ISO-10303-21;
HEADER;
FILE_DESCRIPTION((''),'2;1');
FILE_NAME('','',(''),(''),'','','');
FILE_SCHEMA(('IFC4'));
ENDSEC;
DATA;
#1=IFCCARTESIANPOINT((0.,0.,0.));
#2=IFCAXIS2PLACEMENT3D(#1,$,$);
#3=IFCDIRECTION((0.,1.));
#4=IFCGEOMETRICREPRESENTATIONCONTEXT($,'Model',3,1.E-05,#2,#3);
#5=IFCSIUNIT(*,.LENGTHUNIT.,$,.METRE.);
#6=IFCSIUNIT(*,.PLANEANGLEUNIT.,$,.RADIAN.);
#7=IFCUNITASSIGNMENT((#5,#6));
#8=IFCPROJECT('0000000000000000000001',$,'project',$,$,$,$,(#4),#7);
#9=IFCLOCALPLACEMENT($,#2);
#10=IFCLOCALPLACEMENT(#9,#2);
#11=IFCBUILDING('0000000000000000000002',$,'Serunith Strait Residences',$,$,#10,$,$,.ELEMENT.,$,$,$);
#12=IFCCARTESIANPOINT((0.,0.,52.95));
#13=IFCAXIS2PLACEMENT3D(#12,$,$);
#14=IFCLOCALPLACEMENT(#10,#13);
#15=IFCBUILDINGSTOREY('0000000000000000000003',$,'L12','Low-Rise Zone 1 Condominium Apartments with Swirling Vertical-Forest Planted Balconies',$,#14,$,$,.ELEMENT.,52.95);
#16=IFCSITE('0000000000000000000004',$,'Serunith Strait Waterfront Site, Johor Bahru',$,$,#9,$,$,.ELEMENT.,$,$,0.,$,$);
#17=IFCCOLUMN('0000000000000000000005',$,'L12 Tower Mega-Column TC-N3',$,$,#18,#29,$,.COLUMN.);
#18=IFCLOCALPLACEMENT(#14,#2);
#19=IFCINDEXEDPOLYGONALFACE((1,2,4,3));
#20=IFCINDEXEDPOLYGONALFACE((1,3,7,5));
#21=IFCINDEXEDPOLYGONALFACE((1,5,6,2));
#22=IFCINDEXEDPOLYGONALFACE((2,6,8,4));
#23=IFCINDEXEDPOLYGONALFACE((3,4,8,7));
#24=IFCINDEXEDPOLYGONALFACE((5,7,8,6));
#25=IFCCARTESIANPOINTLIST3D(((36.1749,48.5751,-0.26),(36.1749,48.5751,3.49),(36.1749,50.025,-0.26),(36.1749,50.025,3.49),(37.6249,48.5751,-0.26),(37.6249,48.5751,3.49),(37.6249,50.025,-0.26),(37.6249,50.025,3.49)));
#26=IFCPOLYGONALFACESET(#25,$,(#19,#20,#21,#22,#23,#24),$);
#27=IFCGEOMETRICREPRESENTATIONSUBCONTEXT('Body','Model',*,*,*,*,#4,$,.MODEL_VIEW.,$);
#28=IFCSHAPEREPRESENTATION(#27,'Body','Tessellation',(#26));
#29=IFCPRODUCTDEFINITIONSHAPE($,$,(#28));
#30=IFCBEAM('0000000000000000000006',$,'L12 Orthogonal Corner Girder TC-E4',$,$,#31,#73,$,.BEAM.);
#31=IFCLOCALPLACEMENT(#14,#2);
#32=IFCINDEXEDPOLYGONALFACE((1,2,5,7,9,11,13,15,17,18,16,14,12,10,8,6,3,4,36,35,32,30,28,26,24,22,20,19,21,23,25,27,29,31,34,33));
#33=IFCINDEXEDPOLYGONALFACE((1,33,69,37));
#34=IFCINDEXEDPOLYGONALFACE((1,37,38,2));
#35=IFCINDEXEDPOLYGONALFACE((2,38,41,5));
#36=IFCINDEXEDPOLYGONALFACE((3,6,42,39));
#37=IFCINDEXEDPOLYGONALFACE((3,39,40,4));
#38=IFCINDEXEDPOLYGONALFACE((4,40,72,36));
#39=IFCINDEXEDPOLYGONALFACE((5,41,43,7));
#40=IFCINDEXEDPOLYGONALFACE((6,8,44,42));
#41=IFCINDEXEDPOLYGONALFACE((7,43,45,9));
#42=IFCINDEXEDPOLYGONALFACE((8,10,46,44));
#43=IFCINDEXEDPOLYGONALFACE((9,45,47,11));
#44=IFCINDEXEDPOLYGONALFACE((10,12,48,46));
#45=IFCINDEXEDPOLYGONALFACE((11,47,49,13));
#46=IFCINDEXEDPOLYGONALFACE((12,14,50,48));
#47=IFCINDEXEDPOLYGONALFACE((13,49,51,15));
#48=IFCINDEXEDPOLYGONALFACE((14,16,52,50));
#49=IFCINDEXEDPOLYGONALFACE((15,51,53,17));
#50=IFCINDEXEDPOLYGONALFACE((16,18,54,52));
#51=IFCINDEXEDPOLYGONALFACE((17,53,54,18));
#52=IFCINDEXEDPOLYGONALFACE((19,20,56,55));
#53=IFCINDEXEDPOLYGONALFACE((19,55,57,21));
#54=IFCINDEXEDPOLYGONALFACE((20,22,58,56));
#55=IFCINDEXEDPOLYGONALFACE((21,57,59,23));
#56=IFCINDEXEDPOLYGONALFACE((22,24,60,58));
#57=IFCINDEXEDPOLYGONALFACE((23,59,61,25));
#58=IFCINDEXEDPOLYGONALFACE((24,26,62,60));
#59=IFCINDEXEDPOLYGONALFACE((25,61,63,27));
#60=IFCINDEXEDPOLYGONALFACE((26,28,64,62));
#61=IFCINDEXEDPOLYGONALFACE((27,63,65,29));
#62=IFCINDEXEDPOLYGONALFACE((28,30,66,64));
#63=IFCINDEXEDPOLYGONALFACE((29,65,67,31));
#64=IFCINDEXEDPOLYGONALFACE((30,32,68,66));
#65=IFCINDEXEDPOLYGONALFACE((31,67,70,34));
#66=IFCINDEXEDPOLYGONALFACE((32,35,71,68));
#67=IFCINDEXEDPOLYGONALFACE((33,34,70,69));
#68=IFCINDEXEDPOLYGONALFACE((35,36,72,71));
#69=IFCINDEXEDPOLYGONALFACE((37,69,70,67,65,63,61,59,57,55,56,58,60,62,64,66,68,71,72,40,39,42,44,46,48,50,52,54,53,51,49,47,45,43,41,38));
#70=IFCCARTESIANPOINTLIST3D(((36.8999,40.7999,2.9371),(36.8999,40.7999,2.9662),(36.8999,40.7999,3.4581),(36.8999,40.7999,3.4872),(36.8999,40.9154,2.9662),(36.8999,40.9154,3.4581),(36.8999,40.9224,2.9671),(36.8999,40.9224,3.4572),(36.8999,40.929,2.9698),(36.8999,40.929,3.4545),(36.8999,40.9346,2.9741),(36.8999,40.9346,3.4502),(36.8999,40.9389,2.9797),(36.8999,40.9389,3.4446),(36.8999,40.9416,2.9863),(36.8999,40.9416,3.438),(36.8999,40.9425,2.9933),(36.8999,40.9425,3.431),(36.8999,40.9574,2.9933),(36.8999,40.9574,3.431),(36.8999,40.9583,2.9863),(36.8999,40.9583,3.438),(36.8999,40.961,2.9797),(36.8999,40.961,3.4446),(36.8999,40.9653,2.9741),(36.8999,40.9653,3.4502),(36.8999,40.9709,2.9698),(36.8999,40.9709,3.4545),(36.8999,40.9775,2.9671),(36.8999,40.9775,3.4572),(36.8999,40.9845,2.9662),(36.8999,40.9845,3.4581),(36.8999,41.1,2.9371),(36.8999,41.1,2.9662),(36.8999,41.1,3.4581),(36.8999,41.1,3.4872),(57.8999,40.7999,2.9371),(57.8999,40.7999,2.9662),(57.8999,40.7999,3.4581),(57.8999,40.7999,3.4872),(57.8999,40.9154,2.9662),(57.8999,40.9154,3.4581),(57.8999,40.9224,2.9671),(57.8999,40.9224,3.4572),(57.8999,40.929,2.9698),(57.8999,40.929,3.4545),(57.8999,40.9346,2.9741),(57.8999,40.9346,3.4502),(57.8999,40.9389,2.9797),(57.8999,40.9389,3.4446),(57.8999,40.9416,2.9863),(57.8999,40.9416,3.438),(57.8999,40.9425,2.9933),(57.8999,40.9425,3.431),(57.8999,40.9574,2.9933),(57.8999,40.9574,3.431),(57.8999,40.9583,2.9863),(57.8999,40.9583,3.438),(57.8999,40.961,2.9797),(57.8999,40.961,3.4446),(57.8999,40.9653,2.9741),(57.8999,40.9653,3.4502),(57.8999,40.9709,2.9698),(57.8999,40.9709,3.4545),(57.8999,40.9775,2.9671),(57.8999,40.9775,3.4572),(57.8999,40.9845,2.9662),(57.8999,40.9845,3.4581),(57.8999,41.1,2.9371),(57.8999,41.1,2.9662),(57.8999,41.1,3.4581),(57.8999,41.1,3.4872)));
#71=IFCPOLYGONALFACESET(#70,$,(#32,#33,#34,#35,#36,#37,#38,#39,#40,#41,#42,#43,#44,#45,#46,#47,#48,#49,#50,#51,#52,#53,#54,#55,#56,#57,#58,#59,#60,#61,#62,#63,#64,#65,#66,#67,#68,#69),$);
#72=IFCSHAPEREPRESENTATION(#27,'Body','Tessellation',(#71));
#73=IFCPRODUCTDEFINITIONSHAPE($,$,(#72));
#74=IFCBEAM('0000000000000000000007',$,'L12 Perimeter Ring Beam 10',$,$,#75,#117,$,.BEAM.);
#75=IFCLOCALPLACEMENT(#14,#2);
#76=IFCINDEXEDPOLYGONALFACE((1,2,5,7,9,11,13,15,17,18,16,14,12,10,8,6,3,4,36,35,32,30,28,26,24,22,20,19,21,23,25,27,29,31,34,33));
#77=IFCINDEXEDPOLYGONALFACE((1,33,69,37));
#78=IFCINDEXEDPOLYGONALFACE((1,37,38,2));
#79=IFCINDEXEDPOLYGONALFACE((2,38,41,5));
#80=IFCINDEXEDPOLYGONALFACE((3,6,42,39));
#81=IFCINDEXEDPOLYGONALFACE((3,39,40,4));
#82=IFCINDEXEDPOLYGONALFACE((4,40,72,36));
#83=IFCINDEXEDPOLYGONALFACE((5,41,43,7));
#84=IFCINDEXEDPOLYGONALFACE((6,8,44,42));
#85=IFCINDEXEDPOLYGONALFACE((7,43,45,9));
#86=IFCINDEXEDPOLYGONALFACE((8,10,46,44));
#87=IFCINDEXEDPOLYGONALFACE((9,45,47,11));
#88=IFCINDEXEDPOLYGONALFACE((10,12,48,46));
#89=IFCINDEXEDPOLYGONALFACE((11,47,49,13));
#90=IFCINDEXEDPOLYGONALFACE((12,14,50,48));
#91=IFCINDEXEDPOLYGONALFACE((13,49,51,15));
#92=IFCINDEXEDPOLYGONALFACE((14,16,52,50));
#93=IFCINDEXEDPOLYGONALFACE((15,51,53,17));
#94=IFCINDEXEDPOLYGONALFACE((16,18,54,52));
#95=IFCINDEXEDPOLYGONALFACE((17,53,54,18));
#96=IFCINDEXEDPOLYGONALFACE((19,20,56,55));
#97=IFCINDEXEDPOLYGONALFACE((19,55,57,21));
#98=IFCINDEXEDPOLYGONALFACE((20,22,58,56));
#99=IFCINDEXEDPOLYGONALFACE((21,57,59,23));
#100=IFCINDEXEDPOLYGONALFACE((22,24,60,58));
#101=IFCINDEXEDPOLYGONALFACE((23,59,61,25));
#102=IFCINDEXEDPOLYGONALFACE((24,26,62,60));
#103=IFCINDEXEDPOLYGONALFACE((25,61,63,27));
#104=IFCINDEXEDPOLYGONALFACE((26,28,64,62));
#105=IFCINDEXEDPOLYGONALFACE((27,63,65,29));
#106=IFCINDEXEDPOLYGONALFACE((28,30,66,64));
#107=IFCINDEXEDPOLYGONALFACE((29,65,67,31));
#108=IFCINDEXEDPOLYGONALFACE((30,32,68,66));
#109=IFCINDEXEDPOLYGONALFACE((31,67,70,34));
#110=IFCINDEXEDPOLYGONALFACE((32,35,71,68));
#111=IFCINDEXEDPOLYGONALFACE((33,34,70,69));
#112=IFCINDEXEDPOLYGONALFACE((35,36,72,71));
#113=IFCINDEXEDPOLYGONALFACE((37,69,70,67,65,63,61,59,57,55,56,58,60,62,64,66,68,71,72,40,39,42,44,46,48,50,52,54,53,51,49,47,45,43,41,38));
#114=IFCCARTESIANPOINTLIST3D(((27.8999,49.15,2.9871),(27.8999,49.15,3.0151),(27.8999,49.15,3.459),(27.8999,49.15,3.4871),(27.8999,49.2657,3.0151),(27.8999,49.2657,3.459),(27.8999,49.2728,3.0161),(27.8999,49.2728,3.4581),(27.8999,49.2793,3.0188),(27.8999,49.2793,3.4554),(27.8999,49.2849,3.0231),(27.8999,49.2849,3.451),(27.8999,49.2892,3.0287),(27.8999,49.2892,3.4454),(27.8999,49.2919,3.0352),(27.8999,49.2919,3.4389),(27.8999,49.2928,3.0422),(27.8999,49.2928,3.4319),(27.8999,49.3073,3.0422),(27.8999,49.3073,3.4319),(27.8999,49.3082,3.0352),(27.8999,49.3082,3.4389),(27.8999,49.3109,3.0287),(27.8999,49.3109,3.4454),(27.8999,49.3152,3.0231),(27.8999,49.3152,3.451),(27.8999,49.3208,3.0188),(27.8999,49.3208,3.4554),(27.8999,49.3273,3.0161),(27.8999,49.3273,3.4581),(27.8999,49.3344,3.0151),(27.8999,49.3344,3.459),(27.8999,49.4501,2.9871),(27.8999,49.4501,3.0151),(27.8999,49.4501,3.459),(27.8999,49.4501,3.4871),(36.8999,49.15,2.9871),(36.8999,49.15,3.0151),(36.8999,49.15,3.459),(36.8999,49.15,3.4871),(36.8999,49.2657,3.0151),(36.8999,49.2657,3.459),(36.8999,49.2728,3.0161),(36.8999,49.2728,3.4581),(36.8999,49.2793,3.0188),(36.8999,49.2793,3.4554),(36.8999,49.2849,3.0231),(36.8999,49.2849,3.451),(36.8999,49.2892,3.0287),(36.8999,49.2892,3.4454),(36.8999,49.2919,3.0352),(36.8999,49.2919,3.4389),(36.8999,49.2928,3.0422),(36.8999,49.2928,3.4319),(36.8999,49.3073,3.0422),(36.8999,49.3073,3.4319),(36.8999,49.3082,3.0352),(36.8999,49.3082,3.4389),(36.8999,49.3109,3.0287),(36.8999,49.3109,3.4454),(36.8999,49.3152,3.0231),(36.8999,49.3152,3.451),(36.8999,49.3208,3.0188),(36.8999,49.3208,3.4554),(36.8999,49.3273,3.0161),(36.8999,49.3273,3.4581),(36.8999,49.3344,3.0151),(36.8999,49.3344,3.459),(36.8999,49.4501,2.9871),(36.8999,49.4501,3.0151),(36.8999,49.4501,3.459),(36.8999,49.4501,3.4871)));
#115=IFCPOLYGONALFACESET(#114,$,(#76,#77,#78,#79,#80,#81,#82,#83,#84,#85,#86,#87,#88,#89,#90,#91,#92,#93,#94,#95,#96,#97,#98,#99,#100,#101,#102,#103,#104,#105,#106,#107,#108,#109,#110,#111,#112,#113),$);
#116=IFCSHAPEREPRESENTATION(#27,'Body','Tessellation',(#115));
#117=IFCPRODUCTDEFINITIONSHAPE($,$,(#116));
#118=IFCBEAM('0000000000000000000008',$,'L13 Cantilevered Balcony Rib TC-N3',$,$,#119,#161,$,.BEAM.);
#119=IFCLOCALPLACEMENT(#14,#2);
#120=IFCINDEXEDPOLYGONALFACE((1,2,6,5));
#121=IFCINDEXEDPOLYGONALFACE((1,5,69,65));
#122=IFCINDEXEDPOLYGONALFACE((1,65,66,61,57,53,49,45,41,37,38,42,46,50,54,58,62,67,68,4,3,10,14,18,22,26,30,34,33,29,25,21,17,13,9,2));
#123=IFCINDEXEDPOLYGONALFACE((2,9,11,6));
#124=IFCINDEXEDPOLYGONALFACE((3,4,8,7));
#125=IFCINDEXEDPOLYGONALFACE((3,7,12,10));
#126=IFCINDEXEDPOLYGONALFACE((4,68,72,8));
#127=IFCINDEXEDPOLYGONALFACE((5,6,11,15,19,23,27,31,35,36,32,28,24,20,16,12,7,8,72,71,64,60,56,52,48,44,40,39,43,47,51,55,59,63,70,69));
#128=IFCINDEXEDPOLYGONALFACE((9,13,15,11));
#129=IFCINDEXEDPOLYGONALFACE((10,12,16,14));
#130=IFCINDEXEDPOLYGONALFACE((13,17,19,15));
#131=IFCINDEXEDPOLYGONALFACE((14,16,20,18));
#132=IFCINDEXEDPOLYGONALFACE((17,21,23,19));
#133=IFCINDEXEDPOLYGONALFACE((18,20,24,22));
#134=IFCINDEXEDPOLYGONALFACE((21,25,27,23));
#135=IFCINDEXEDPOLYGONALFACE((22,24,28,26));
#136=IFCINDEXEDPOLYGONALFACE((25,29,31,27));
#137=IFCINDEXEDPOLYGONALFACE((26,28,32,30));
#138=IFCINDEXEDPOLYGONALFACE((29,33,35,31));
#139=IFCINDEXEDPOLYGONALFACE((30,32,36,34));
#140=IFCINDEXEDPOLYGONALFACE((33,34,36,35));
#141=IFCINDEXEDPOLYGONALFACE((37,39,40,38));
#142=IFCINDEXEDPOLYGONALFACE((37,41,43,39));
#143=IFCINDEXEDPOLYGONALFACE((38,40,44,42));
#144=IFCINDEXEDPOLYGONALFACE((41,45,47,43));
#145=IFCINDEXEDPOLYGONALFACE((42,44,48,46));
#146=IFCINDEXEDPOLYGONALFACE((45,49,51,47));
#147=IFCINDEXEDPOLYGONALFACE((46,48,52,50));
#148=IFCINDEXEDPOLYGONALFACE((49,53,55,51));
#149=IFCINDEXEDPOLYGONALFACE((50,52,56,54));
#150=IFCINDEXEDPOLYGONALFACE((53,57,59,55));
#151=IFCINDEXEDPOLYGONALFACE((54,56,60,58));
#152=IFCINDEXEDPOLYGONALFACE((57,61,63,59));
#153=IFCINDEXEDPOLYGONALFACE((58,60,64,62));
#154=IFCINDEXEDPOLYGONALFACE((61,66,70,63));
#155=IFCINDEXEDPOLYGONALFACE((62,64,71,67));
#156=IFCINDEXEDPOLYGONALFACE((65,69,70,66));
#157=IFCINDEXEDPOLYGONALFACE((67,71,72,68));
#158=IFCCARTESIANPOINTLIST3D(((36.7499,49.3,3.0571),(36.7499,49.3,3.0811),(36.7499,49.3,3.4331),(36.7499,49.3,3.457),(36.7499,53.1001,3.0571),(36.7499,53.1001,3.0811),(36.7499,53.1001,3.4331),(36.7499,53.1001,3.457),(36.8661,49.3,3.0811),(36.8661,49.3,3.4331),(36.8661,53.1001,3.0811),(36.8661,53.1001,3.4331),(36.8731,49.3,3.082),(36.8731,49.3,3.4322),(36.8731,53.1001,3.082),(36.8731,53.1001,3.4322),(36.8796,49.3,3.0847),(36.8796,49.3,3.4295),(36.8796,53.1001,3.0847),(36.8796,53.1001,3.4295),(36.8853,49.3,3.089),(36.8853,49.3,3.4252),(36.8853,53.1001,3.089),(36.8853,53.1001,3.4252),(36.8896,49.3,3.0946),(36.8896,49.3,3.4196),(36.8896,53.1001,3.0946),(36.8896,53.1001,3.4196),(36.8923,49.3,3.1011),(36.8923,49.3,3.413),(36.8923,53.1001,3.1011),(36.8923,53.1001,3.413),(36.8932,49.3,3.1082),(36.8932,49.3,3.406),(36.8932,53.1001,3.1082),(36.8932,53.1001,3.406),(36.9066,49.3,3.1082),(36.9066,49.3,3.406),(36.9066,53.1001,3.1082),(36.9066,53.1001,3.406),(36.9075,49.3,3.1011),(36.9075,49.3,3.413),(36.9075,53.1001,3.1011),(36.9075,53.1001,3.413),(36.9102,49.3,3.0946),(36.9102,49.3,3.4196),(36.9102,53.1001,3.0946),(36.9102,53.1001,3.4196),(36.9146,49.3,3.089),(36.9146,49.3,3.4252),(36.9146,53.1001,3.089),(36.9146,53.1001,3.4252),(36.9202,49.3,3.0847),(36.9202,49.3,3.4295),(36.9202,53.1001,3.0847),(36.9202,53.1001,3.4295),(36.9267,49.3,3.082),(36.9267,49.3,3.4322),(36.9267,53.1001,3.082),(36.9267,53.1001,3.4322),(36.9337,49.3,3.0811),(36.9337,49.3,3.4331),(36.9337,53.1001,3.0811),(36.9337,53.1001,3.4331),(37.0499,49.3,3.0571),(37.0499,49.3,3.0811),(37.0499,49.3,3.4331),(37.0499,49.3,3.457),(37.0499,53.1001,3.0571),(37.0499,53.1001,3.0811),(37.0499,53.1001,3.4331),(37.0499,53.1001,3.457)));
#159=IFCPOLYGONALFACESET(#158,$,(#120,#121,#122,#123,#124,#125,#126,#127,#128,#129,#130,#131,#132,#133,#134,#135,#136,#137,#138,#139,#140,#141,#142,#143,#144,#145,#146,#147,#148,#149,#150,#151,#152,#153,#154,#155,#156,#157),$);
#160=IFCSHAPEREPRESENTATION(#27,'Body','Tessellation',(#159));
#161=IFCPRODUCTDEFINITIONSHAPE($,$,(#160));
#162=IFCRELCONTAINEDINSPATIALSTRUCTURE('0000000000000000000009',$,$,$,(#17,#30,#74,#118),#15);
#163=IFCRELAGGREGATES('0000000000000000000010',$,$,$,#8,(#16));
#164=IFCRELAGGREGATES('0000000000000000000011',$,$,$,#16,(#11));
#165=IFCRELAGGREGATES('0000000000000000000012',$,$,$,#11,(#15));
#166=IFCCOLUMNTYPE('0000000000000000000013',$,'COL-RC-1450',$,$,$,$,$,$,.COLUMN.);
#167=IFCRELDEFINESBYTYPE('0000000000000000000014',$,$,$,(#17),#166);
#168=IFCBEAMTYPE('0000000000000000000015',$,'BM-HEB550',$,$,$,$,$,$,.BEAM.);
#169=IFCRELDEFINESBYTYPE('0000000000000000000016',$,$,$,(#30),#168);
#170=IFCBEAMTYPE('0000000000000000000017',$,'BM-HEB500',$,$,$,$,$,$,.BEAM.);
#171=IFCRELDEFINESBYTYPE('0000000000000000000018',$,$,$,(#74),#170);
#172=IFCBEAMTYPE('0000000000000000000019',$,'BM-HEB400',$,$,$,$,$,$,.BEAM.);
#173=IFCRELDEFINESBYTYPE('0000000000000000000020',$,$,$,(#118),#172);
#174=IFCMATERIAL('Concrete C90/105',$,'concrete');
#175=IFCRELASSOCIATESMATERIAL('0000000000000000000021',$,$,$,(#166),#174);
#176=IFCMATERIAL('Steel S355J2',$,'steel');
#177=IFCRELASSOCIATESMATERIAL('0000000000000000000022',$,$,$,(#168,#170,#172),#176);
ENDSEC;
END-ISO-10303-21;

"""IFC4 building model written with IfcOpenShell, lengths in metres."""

from ifc_helpers import new_model, si_unit, direction, frame, origin, origin_2d, place, context, subcontext, project, spatial, rectangle, i_section, extrude, source, transform, mapped, material, material_profile, profile_set, type_object, element, save


model = new_model("IFC4")

# Units and contexts
model_context = context("Model", 3, precision=1e-05, world=origin(), true_north=direction((0.0, 1.0)))
body_context = subcontext(model_context, "Body", "Model", "MODEL_VIEW")
ifc_project = project(units=[si_unit("LENGTHUNIT", "METRE"), si_unit("PLANEANGLEUNIT", "RADIAN")], contexts=[model_context])

# Site, building, storey
site_placement = place(None, origin())
site = spatial("IfcSite", under=ifc_project, at=site_placement, Name="Serunith Strait Waterfront Site, Johor Bahru", CompositionType="ELEMENT", RefElevation=0.0)
building_placement = place(site_placement, origin())
building = spatial("IfcBuilding", under=site, at=building_placement, Name="Serunith Strait Residences", CompositionType="ELEMENT")
storey_placement = place(building_placement, frame((0.0, 0.0, 52.95)))
storey = spatial("IfcBuildingStorey", under=building, at=storey_placement, Name="L12", Description="Low-Rise Zone 1 Condominium Apartments with Swirling Vertical-Forest Planted Balconies", CompositionType="ELEMENT", Elevation=52.95)

# Column
ifc_material_1 = material(Name="Concrete C90/105", Category="concrete")
ifc_material_profile_1 = material_profile(ifc_material_1, rectangle(XDim=1.45, YDim=1.45, at=origin_2d()), Name="RC 1450x1450")
ifc_profile_set_1 = profile_set([ifc_material_profile_1], Name="Concrete C90/105")
column_type = type_object("IfcColumnType", Name="COL-RC-1450", PredefinedType="COLUMN", material=ifc_profile_set_1)
shared_shape_1 = source(origin(), body_context, "Body", "SweptSolid", [
    extrude(rectangle(XDim=1.45, YDim=1.45, at=origin_2d()), origin(), (0.0, 0.0, 1.0), 3.75),
])
column_placement = place(storey_placement, frame((36.8999, 49.3, -0.26), z_axis=(0.0, 0.0, 1.0), x_axis=(1.0, 0.0, 0.0)))
element("IfcColumn", 1, at=column_placement, inside=storey, type_object=column_type, Name="L12 Tower Mega-Column TC-N3", PredefinedType="COLUMN", context=body_context, shape_type="MappedRepresentation", body=[
    mapped(shared_shape_1, transform((0.0, 0.0, 0.0), scale=1.0)),
])

# Beams
ifc_material_2 = material(Name="Steel S355J2", Category="steel")
ifc_material_profile_2 = material_profile(ifc_material_2, i_section(OverallWidth=0.3, OverallDepth=0.55, WebThickness=0.0149, FlangeThickness=0.0291, FilletRadius=0.0271, at=origin_2d()), Name="HEB 550")
ifc_profile_set_2 = profile_set([ifc_material_profile_2], Name="Steel S355J2")
beam_type_1 = type_object("IfcBeamType", Name="BM-HEB550", PredefinedType="BEAM", material=ifc_profile_set_2)
shared_shape_2 = source(origin(), body_context, "Body", "SweptSolid", [
    extrude(i_section(OverallWidth=0.3, OverallDepth=0.55, WebThickness=0.0149, FlangeThickness=0.0291, FilletRadius=0.0271, at=origin_2d()), origin(), (0.0, 0.0, 1.0), 21.0),
])
beam_1_placement = place(storey_placement, frame((36.8999, 40.95, 3.2122), z_axis=(1.0, 0.0, 0.0), x_axis=(0.0, 1.0, 0.0)))
element("IfcBeam", 2, at=beam_1_placement, inside=storey, type_object=beam_type_1, Name="L12 Orthogonal Corner Girder TC-E4", PredefinedType="BEAM", context=body_context, shape_type="MappedRepresentation", body=[
    mapped(shared_shape_2, transform((0.0, 0.0, 0.0), scale=1.0)),
])
ifc_material_profile_3 = material_profile(ifc_material_2, i_section(OverallWidth=0.3, OverallDepth=0.5, WebThickness=0.0144, FlangeThickness=0.0281, FilletRadius=0.0271, at=origin_2d()), Name="HEB 500")
ifc_profile_set_3 = profile_set([ifc_material_profile_3], Name="Steel S355J2")
beam_type_2 = type_object("IfcBeamType", Name="BM-HEB500", PredefinedType="BEAM", material=ifc_profile_set_3)
shared_shape_3 = source(origin(), body_context, "Body", "SweptSolid", [
    extrude(i_section(OverallWidth=0.3, OverallDepth=0.5, WebThickness=0.0144, FlangeThickness=0.0281, FilletRadius=0.0271, at=origin_2d()), origin(), (0.0, 0.0, 1.0), 9.0),
])
beam_2_placement = place(storey_placement, frame((36.8999, 49.3, 3.2371), z_axis=(-1.0, 0.0, 0.0), x_axis=(0.0, -1.0, 0.0)))
element("IfcBeam", 3, at=beam_2_placement, inside=storey, type_object=beam_type_2, Name="L12 Perimeter Ring Beam 10", PredefinedType="BEAM", context=body_context, shape_type="MappedRepresentation", body=[
    mapped(shared_shape_3, transform((0.0, 0.0, 0.0), scale=1.0)),
])
ifc_material_profile_4 = material_profile(ifc_material_2, i_section(OverallWidth=0.3, OverallDepth=0.3999, WebThickness=0.0134, FlangeThickness=0.0239, FilletRadius=0.0271, at=origin_2d()), Name="HEB 400")
ifc_profile_set_4 = profile_set([ifc_material_profile_4], Name="Steel S355J2")
beam_type_3 = type_object("IfcBeamType", Name="BM-HEB400", PredefinedType="BEAM", material=ifc_profile_set_4)
shared_shape_4 = source(origin(), body_context, "Body", "SweptSolid", [
    extrude(i_section(OverallWidth=0.3, OverallDepth=0.3999, WebThickness=0.0134, FlangeThickness=0.0239, FilletRadius=0.0271, at=origin_2d()), origin(), (0.0, 0.0, 1.0), 3.8),
])
beam_3_placement = place(storey_placement, frame((36.8999, 49.3, 3.2571), z_axis=(0.0, 1.0, 0.0), x_axis=(-1.0, 0.0, 0.0)))
element("IfcBeam", 4, at=beam_3_placement, inside=storey, type_object=beam_type_3, Name="L13 Cantilevered Balcony Rib TC-N3", PredefinedType="BEAM", context=body_context, shape_type="MappedRepresentation", body=[
    mapped(shared_shape_4, transform((0.0, 0.0, 0.0), scale=1.0)),
])

save(model, "model.ifc")
